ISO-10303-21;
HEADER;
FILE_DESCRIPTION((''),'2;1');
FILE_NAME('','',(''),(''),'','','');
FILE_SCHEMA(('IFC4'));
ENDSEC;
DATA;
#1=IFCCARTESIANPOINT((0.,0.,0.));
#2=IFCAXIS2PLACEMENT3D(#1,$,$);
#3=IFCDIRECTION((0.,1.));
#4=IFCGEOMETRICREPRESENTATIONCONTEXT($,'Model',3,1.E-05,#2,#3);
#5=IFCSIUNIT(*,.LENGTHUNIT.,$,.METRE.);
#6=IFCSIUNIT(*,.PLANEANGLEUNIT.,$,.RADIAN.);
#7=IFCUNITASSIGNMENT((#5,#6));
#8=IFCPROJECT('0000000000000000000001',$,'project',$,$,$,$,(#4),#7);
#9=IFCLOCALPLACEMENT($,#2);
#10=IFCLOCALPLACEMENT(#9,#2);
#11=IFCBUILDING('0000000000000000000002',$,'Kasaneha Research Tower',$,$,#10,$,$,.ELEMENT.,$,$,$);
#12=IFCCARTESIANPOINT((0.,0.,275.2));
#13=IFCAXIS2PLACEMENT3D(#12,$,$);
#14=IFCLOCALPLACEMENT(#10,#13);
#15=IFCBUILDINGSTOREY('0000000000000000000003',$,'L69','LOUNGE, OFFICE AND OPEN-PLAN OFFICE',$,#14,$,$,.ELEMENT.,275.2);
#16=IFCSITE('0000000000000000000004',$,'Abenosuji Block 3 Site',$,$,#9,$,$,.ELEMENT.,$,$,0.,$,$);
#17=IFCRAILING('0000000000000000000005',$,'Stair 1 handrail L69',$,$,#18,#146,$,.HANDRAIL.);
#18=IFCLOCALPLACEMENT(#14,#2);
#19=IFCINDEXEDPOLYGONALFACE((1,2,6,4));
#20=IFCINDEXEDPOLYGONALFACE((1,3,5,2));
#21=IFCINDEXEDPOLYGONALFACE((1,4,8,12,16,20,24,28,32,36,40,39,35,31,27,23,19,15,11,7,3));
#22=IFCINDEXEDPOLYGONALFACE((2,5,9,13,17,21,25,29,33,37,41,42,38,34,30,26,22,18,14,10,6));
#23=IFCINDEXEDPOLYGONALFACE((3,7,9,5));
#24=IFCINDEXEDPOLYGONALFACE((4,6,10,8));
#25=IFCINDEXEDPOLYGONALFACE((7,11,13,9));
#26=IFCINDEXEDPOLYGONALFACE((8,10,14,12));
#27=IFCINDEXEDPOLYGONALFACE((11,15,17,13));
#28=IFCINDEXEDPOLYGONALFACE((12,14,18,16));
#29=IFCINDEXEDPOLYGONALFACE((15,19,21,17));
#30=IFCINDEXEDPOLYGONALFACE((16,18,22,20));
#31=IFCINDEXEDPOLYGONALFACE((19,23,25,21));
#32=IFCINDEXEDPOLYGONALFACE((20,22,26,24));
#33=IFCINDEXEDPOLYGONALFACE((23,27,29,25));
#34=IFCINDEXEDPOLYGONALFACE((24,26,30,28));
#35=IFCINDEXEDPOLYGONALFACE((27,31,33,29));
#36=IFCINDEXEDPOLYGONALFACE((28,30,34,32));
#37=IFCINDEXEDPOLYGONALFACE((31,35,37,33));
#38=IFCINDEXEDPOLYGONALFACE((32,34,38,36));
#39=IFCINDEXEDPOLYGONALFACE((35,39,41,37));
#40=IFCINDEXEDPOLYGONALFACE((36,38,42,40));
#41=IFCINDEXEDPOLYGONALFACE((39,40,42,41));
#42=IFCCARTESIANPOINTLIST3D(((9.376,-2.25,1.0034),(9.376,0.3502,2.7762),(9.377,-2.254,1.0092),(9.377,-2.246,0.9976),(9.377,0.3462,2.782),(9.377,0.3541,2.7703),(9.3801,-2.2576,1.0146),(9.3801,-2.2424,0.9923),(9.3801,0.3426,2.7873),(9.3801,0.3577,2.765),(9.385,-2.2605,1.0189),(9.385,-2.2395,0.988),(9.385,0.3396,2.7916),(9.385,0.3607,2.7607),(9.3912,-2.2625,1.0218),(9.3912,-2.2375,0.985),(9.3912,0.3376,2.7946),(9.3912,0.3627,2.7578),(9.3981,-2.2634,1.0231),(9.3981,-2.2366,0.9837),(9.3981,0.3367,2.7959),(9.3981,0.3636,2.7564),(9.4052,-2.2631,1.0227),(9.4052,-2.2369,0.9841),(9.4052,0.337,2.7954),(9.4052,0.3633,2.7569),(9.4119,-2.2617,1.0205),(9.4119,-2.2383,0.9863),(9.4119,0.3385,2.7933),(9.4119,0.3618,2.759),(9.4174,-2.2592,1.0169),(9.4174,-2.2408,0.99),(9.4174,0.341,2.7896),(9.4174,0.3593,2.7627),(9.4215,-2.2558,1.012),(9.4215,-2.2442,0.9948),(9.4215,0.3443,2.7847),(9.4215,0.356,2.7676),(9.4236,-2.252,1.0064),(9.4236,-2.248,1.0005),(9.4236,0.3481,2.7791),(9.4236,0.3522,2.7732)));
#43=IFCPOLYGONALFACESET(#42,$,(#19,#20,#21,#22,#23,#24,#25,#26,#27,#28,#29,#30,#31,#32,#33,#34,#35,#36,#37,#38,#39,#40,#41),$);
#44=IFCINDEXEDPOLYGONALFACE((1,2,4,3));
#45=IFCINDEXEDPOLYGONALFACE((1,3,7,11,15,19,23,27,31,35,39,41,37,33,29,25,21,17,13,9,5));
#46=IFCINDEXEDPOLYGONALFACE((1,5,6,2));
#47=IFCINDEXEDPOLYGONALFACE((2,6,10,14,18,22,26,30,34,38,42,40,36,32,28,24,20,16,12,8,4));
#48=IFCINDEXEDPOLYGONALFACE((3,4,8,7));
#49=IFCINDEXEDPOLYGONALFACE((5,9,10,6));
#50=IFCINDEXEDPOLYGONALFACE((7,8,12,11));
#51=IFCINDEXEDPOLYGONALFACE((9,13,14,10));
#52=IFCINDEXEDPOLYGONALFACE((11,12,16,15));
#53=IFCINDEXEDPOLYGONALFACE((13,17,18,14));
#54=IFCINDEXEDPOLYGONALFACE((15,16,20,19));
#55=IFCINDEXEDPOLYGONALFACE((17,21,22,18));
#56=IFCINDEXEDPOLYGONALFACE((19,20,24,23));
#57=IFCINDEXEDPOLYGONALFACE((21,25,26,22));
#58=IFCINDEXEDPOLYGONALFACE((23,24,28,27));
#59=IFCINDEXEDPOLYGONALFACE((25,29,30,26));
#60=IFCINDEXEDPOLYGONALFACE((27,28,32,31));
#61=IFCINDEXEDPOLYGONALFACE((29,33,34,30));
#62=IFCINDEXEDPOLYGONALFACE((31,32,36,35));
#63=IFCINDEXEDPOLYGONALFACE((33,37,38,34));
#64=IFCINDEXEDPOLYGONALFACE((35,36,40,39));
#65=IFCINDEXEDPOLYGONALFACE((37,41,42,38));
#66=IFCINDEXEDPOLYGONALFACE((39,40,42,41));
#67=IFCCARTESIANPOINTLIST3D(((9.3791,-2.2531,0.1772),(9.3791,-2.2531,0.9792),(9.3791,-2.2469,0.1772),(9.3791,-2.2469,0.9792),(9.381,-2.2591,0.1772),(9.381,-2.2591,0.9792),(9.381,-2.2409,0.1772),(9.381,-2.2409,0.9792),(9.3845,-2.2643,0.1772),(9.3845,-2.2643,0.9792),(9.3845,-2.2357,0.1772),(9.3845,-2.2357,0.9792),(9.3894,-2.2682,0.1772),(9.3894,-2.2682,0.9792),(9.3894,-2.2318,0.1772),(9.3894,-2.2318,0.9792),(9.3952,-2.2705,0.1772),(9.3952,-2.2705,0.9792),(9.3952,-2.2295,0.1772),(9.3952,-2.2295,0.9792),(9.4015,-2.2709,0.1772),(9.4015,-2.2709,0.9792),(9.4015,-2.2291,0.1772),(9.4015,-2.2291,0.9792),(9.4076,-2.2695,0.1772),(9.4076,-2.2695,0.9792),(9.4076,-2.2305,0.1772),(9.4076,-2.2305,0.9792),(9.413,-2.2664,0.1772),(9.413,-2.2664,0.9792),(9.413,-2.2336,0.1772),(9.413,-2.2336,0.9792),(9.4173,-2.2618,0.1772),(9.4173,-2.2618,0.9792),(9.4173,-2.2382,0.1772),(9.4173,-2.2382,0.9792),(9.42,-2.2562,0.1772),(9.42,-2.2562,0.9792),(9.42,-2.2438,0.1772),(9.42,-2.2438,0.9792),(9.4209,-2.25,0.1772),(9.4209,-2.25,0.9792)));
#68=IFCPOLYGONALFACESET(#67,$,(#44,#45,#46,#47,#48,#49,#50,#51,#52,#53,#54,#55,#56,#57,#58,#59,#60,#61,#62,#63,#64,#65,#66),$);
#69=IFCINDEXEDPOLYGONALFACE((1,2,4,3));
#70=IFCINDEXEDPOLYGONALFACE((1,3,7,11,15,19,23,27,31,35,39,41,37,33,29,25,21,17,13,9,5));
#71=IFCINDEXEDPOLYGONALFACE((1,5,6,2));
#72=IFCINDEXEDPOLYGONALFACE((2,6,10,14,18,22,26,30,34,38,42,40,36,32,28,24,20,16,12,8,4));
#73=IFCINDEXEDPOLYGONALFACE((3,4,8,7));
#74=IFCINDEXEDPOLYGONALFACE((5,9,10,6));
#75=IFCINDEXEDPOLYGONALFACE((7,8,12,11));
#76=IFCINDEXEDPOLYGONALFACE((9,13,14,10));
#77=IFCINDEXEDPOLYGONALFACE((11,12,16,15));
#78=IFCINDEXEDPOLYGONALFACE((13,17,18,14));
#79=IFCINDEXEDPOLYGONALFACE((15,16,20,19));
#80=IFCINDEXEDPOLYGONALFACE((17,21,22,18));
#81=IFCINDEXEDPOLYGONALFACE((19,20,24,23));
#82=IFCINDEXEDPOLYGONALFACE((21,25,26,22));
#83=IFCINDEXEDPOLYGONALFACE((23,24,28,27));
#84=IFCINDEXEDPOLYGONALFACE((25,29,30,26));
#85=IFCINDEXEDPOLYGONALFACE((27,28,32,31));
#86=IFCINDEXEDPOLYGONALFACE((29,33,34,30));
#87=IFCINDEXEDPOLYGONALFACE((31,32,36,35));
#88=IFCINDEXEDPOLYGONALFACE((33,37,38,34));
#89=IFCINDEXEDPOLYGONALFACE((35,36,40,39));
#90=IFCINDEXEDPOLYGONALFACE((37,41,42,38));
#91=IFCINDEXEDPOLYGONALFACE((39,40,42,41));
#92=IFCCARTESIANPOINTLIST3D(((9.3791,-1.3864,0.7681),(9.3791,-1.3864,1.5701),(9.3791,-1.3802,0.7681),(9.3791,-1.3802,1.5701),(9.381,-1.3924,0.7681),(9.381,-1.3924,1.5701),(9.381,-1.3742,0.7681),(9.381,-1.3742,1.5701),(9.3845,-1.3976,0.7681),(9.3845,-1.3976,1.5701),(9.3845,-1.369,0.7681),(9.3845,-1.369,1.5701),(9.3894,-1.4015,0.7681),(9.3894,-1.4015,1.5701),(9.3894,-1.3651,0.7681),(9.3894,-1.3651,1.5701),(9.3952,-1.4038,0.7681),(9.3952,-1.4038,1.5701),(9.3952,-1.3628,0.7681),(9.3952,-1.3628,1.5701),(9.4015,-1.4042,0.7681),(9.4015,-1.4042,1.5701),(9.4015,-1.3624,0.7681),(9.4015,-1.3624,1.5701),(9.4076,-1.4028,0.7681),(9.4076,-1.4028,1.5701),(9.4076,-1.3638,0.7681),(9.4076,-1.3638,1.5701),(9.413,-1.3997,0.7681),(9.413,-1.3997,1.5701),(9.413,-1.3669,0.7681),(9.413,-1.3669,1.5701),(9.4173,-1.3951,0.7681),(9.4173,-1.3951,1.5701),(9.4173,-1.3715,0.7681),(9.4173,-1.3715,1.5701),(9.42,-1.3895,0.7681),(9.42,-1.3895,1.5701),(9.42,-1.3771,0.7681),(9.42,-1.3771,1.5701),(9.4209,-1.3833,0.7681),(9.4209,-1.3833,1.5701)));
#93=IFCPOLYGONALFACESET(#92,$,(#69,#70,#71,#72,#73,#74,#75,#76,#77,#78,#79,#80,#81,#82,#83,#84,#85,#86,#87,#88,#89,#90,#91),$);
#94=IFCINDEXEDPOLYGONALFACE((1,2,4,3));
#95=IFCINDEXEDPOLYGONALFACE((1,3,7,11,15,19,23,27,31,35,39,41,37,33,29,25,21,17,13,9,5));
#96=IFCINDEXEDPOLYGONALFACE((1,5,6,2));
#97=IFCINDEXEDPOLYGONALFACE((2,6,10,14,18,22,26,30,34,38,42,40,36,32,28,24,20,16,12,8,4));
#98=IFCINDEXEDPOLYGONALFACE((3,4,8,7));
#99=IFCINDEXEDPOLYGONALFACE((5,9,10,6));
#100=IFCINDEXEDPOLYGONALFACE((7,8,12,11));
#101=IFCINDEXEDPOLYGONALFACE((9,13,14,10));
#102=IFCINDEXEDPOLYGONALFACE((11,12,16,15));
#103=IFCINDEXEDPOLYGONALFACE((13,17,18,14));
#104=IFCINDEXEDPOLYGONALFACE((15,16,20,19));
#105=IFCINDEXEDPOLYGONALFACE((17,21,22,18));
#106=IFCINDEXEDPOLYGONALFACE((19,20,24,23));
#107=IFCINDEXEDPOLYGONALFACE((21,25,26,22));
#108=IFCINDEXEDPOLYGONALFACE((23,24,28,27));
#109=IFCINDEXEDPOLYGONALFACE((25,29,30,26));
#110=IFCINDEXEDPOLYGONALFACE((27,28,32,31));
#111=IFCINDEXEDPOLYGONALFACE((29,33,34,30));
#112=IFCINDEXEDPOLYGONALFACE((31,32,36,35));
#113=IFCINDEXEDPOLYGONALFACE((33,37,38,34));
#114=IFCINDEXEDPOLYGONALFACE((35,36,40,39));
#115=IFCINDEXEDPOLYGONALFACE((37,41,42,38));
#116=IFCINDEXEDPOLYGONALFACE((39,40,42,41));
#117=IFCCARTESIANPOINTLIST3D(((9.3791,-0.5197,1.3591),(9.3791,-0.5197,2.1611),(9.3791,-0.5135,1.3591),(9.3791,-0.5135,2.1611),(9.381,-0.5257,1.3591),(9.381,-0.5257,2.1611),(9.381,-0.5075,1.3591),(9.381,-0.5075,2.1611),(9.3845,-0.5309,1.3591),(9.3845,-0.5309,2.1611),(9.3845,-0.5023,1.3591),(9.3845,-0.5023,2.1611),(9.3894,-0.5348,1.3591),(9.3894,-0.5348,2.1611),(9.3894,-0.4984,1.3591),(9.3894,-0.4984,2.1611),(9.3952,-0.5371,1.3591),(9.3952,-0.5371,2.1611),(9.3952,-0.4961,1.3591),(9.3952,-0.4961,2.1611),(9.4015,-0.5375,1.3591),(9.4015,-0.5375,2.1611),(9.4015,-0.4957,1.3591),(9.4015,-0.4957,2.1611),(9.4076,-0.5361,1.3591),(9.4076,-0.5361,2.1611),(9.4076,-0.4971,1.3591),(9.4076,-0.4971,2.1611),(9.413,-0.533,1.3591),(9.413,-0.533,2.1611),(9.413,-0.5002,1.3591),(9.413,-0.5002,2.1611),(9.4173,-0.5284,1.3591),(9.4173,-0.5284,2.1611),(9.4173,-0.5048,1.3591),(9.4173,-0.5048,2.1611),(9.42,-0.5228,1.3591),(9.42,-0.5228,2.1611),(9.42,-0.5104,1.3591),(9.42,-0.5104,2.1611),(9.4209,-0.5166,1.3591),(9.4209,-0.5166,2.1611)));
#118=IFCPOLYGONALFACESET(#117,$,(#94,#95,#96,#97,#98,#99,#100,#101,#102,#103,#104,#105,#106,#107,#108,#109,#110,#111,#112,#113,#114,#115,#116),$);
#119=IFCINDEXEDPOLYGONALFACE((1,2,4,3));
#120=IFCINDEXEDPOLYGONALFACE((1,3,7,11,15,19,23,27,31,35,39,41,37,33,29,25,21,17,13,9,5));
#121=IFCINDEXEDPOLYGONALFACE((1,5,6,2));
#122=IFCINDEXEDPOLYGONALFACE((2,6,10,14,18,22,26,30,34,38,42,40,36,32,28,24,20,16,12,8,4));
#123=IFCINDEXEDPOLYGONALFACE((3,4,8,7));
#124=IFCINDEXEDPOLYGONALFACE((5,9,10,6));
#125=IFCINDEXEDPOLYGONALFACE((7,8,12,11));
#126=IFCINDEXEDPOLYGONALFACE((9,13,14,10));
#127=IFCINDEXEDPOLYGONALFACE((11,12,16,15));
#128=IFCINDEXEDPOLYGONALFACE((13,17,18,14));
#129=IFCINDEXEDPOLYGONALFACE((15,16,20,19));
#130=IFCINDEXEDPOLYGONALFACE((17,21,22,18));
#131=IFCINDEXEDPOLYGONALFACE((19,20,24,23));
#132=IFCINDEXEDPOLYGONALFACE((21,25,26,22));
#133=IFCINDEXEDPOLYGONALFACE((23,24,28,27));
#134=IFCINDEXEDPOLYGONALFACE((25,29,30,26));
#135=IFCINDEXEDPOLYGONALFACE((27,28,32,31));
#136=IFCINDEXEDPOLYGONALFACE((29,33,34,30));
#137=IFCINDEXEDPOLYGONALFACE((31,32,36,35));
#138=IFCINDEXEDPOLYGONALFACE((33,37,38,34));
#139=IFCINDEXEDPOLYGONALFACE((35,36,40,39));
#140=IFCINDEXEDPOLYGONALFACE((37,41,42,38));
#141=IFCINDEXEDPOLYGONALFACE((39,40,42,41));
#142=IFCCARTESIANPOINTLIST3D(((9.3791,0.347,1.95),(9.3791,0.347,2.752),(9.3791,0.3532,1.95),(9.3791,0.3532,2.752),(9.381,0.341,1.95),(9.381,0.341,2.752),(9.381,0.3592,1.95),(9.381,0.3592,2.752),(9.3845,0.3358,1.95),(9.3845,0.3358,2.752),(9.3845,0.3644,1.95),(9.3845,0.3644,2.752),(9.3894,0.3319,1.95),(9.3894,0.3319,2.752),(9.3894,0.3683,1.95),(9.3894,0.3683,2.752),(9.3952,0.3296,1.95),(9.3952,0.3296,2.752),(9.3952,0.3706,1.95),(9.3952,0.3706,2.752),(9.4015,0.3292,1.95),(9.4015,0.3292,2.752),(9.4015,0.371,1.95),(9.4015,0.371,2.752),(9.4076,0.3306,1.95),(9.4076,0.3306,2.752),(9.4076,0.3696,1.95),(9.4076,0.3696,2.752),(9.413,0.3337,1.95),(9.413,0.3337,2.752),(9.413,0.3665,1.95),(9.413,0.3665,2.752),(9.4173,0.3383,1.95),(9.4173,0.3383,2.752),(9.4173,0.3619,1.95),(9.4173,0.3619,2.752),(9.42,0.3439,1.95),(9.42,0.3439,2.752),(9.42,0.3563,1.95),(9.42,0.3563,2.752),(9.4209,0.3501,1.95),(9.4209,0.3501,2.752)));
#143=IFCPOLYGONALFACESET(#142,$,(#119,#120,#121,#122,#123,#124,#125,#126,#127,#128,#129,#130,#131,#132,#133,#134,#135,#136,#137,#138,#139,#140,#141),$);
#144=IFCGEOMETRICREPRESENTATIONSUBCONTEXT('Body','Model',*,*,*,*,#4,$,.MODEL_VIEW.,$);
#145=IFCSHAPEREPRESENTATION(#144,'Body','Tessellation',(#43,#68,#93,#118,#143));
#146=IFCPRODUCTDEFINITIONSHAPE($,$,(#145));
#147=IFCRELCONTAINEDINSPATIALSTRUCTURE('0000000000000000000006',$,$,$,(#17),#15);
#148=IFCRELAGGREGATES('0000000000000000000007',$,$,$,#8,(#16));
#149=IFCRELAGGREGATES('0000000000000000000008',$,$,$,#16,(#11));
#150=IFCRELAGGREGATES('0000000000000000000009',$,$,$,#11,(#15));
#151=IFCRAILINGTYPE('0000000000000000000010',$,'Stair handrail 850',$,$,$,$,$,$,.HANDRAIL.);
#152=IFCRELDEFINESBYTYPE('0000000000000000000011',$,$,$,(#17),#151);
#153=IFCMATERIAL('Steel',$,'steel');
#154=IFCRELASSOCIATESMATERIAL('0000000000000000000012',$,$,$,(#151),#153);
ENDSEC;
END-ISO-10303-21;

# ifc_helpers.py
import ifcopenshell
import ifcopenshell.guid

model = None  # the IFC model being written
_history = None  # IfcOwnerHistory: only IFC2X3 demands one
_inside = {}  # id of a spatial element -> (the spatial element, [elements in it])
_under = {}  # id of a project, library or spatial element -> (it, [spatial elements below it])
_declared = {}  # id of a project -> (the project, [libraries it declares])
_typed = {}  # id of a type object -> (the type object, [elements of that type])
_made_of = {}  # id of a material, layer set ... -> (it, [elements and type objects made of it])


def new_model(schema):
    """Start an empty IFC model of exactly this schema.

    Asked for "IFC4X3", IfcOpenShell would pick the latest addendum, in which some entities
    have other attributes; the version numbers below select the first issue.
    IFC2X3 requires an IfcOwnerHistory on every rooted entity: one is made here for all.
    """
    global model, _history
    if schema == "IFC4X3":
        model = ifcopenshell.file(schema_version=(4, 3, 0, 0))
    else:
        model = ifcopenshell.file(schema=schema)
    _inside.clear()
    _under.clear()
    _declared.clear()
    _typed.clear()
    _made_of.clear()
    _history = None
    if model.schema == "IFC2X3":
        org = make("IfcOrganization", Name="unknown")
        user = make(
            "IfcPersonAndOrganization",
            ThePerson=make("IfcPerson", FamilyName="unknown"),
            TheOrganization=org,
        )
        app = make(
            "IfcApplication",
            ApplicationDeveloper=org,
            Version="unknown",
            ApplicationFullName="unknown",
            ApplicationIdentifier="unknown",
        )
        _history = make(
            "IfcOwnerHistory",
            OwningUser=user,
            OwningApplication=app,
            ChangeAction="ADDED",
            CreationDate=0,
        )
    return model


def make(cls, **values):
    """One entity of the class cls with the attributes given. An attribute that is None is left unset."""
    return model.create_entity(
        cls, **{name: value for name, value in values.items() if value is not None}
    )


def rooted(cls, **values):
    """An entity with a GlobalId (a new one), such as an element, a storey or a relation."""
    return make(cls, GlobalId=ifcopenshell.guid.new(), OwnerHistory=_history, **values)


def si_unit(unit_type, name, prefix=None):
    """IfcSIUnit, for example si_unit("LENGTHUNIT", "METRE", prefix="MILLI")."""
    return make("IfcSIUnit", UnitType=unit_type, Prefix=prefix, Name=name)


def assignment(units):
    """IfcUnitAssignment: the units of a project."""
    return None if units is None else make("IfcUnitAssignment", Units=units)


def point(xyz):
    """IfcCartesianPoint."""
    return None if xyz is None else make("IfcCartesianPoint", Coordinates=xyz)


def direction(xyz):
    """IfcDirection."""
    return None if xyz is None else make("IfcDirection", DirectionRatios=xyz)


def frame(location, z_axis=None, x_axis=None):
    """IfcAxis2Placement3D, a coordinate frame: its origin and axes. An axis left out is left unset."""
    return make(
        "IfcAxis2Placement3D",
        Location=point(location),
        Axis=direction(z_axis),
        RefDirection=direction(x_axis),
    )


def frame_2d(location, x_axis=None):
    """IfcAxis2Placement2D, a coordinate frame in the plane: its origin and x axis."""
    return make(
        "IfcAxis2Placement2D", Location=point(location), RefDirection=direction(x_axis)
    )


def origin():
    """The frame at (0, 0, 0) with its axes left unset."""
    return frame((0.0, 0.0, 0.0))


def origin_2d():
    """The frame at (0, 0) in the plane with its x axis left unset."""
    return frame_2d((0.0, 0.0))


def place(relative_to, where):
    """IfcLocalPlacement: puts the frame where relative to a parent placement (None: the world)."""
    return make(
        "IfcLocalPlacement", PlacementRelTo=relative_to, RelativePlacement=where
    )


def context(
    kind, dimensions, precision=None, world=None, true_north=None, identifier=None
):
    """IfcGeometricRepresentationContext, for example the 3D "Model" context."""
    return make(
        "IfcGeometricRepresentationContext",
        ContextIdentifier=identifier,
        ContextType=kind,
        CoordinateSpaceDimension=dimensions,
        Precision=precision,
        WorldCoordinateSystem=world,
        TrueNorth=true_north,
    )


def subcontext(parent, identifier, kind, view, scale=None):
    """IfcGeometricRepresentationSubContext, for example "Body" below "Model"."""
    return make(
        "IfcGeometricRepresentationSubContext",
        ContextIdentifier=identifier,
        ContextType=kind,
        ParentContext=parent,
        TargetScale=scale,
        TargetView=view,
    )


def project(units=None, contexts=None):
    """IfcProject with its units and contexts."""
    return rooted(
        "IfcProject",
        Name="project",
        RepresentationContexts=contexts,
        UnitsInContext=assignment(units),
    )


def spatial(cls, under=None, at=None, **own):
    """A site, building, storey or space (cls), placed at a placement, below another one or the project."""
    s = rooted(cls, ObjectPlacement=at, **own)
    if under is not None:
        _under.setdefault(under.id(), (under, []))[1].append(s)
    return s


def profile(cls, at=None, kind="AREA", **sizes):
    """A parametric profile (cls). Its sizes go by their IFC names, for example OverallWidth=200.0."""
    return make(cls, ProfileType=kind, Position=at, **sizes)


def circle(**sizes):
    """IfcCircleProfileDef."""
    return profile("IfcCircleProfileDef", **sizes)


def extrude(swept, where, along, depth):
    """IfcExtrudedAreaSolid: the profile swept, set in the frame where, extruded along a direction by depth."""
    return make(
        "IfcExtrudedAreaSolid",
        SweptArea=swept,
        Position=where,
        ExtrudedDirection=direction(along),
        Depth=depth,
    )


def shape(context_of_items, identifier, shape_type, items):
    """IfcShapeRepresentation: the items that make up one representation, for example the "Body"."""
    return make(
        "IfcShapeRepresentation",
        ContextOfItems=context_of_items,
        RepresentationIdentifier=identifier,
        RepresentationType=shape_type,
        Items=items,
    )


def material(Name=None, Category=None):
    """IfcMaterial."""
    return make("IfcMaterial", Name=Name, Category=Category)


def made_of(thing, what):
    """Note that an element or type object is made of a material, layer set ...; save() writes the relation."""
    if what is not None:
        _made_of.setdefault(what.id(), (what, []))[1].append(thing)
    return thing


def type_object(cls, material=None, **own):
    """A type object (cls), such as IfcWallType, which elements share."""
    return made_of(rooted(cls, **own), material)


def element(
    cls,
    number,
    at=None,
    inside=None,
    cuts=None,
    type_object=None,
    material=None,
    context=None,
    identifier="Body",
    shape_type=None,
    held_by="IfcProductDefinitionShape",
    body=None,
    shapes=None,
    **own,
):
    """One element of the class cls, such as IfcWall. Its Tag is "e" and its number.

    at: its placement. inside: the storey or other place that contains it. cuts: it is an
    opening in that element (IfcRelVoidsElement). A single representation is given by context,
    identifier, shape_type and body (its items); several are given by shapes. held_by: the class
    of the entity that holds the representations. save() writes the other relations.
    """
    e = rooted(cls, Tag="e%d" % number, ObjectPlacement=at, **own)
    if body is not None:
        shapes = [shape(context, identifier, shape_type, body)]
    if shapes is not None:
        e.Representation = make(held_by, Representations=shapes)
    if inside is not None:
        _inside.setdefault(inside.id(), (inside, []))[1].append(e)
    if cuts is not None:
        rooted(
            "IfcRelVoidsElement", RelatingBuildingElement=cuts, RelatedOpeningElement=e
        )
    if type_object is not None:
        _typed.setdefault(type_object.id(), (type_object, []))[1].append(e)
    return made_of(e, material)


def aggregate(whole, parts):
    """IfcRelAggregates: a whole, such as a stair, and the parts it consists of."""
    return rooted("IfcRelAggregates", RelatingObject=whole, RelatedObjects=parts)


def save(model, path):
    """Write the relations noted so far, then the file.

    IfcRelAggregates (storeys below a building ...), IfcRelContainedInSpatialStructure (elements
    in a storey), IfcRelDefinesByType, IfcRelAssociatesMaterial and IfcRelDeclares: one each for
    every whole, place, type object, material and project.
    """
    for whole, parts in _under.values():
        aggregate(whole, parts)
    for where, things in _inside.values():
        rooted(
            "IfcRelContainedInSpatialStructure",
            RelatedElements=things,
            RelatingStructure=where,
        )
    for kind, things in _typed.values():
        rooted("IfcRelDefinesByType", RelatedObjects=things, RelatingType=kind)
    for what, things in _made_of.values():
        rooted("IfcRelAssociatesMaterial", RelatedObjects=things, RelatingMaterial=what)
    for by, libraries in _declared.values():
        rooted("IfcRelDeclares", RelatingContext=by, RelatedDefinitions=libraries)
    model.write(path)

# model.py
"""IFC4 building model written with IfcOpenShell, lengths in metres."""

from ifc_helpers import new_model, si_unit, direction, frame, origin, origin_2d, place, context, subcontext, project, spatial, circle, extrude, material, type_object, element, save


model = new_model("IFC4")

# Units and contexts
model_context = context("Model", 3, precision=1e-05, world=origin(), true_north=direction((0.0, 1.0)))
body_context = subcontext(model_context, "Body", "Model", "MODEL_VIEW")
ifc_project = project(units=[si_unit("LENGTHUNIT", "METRE"), si_unit("PLANEANGLEUNIT", "RADIAN")], contexts=[model_context])

# Site, building, storey
site_placement = place(None, origin())
site = spatial("IfcSite", under=ifc_project, at=site_placement, Name="Abenosuji Block 3 Site", CompositionType="ELEMENT", RefElevation=0.0)
building_placement = place(site_placement, origin())
building = spatial("IfcBuilding", under=site, at=building_placement, Name="Kasaneha Research Tower", CompositionType="ELEMENT")
storey_placement = place(building_placement, frame((0.0, 0.0, 275.2)))
storey = spatial("IfcBuildingStorey", under=building, at=storey_placement, Name="L69", Description="LOUNGE, OFFICE AND OPEN-PLAN OFFICE", CompositionType="ELEMENT", Elevation=275.2)

# Railing
ifc_material_1 = material(Name="Steel", Category="steel")
railing_type = type_object("IfcRailingType", Name="Stair handrail 850", PredefinedType="HANDRAIL", material=ifc_material_1)
railing_placement = place(storey_placement, frame((9.3999, -2.25, 0.1772)))
element("IfcRailing", 1, at=railing_placement, inside=storey, type_object=railing_type, Name="Stair 1 handrail L69", PredefinedType="HANDRAIL", context=body_context, shape_type="SweptSolid", body=[
    extrude(circle(Radius=0.0239, at=origin_2d()), frame((0.0, 0.0, 0.8262), z_axis=(0.0, 0.82624, 0.563318), x_axis=(-1.0, 0.0, 0.0)), (0.0, 0.0, 1.0), 3.147),
    extrude(circle(Radius=0.021, at=origin_2d()), origin(), (0.0, 0.0, 1.0), 0.802),
    extrude(circle(Radius=0.021, at=origin_2d()), frame((0.0, 0.8667, 0.5908)), (0.0, 0.0, 1.0), 0.802),
    extrude(circle(Radius=0.021, at=origin_2d()), frame((0.0, 1.7334, 1.1819)), (0.0, 0.0, 1.0), 0.802),
    extrude(circle(Radius=0.021, at=origin_2d()), frame((0.0, 2.6001, 1.7727)), (0.0, 0.0, 1.0), 0.802),
])

save(model, "model.ifc")
